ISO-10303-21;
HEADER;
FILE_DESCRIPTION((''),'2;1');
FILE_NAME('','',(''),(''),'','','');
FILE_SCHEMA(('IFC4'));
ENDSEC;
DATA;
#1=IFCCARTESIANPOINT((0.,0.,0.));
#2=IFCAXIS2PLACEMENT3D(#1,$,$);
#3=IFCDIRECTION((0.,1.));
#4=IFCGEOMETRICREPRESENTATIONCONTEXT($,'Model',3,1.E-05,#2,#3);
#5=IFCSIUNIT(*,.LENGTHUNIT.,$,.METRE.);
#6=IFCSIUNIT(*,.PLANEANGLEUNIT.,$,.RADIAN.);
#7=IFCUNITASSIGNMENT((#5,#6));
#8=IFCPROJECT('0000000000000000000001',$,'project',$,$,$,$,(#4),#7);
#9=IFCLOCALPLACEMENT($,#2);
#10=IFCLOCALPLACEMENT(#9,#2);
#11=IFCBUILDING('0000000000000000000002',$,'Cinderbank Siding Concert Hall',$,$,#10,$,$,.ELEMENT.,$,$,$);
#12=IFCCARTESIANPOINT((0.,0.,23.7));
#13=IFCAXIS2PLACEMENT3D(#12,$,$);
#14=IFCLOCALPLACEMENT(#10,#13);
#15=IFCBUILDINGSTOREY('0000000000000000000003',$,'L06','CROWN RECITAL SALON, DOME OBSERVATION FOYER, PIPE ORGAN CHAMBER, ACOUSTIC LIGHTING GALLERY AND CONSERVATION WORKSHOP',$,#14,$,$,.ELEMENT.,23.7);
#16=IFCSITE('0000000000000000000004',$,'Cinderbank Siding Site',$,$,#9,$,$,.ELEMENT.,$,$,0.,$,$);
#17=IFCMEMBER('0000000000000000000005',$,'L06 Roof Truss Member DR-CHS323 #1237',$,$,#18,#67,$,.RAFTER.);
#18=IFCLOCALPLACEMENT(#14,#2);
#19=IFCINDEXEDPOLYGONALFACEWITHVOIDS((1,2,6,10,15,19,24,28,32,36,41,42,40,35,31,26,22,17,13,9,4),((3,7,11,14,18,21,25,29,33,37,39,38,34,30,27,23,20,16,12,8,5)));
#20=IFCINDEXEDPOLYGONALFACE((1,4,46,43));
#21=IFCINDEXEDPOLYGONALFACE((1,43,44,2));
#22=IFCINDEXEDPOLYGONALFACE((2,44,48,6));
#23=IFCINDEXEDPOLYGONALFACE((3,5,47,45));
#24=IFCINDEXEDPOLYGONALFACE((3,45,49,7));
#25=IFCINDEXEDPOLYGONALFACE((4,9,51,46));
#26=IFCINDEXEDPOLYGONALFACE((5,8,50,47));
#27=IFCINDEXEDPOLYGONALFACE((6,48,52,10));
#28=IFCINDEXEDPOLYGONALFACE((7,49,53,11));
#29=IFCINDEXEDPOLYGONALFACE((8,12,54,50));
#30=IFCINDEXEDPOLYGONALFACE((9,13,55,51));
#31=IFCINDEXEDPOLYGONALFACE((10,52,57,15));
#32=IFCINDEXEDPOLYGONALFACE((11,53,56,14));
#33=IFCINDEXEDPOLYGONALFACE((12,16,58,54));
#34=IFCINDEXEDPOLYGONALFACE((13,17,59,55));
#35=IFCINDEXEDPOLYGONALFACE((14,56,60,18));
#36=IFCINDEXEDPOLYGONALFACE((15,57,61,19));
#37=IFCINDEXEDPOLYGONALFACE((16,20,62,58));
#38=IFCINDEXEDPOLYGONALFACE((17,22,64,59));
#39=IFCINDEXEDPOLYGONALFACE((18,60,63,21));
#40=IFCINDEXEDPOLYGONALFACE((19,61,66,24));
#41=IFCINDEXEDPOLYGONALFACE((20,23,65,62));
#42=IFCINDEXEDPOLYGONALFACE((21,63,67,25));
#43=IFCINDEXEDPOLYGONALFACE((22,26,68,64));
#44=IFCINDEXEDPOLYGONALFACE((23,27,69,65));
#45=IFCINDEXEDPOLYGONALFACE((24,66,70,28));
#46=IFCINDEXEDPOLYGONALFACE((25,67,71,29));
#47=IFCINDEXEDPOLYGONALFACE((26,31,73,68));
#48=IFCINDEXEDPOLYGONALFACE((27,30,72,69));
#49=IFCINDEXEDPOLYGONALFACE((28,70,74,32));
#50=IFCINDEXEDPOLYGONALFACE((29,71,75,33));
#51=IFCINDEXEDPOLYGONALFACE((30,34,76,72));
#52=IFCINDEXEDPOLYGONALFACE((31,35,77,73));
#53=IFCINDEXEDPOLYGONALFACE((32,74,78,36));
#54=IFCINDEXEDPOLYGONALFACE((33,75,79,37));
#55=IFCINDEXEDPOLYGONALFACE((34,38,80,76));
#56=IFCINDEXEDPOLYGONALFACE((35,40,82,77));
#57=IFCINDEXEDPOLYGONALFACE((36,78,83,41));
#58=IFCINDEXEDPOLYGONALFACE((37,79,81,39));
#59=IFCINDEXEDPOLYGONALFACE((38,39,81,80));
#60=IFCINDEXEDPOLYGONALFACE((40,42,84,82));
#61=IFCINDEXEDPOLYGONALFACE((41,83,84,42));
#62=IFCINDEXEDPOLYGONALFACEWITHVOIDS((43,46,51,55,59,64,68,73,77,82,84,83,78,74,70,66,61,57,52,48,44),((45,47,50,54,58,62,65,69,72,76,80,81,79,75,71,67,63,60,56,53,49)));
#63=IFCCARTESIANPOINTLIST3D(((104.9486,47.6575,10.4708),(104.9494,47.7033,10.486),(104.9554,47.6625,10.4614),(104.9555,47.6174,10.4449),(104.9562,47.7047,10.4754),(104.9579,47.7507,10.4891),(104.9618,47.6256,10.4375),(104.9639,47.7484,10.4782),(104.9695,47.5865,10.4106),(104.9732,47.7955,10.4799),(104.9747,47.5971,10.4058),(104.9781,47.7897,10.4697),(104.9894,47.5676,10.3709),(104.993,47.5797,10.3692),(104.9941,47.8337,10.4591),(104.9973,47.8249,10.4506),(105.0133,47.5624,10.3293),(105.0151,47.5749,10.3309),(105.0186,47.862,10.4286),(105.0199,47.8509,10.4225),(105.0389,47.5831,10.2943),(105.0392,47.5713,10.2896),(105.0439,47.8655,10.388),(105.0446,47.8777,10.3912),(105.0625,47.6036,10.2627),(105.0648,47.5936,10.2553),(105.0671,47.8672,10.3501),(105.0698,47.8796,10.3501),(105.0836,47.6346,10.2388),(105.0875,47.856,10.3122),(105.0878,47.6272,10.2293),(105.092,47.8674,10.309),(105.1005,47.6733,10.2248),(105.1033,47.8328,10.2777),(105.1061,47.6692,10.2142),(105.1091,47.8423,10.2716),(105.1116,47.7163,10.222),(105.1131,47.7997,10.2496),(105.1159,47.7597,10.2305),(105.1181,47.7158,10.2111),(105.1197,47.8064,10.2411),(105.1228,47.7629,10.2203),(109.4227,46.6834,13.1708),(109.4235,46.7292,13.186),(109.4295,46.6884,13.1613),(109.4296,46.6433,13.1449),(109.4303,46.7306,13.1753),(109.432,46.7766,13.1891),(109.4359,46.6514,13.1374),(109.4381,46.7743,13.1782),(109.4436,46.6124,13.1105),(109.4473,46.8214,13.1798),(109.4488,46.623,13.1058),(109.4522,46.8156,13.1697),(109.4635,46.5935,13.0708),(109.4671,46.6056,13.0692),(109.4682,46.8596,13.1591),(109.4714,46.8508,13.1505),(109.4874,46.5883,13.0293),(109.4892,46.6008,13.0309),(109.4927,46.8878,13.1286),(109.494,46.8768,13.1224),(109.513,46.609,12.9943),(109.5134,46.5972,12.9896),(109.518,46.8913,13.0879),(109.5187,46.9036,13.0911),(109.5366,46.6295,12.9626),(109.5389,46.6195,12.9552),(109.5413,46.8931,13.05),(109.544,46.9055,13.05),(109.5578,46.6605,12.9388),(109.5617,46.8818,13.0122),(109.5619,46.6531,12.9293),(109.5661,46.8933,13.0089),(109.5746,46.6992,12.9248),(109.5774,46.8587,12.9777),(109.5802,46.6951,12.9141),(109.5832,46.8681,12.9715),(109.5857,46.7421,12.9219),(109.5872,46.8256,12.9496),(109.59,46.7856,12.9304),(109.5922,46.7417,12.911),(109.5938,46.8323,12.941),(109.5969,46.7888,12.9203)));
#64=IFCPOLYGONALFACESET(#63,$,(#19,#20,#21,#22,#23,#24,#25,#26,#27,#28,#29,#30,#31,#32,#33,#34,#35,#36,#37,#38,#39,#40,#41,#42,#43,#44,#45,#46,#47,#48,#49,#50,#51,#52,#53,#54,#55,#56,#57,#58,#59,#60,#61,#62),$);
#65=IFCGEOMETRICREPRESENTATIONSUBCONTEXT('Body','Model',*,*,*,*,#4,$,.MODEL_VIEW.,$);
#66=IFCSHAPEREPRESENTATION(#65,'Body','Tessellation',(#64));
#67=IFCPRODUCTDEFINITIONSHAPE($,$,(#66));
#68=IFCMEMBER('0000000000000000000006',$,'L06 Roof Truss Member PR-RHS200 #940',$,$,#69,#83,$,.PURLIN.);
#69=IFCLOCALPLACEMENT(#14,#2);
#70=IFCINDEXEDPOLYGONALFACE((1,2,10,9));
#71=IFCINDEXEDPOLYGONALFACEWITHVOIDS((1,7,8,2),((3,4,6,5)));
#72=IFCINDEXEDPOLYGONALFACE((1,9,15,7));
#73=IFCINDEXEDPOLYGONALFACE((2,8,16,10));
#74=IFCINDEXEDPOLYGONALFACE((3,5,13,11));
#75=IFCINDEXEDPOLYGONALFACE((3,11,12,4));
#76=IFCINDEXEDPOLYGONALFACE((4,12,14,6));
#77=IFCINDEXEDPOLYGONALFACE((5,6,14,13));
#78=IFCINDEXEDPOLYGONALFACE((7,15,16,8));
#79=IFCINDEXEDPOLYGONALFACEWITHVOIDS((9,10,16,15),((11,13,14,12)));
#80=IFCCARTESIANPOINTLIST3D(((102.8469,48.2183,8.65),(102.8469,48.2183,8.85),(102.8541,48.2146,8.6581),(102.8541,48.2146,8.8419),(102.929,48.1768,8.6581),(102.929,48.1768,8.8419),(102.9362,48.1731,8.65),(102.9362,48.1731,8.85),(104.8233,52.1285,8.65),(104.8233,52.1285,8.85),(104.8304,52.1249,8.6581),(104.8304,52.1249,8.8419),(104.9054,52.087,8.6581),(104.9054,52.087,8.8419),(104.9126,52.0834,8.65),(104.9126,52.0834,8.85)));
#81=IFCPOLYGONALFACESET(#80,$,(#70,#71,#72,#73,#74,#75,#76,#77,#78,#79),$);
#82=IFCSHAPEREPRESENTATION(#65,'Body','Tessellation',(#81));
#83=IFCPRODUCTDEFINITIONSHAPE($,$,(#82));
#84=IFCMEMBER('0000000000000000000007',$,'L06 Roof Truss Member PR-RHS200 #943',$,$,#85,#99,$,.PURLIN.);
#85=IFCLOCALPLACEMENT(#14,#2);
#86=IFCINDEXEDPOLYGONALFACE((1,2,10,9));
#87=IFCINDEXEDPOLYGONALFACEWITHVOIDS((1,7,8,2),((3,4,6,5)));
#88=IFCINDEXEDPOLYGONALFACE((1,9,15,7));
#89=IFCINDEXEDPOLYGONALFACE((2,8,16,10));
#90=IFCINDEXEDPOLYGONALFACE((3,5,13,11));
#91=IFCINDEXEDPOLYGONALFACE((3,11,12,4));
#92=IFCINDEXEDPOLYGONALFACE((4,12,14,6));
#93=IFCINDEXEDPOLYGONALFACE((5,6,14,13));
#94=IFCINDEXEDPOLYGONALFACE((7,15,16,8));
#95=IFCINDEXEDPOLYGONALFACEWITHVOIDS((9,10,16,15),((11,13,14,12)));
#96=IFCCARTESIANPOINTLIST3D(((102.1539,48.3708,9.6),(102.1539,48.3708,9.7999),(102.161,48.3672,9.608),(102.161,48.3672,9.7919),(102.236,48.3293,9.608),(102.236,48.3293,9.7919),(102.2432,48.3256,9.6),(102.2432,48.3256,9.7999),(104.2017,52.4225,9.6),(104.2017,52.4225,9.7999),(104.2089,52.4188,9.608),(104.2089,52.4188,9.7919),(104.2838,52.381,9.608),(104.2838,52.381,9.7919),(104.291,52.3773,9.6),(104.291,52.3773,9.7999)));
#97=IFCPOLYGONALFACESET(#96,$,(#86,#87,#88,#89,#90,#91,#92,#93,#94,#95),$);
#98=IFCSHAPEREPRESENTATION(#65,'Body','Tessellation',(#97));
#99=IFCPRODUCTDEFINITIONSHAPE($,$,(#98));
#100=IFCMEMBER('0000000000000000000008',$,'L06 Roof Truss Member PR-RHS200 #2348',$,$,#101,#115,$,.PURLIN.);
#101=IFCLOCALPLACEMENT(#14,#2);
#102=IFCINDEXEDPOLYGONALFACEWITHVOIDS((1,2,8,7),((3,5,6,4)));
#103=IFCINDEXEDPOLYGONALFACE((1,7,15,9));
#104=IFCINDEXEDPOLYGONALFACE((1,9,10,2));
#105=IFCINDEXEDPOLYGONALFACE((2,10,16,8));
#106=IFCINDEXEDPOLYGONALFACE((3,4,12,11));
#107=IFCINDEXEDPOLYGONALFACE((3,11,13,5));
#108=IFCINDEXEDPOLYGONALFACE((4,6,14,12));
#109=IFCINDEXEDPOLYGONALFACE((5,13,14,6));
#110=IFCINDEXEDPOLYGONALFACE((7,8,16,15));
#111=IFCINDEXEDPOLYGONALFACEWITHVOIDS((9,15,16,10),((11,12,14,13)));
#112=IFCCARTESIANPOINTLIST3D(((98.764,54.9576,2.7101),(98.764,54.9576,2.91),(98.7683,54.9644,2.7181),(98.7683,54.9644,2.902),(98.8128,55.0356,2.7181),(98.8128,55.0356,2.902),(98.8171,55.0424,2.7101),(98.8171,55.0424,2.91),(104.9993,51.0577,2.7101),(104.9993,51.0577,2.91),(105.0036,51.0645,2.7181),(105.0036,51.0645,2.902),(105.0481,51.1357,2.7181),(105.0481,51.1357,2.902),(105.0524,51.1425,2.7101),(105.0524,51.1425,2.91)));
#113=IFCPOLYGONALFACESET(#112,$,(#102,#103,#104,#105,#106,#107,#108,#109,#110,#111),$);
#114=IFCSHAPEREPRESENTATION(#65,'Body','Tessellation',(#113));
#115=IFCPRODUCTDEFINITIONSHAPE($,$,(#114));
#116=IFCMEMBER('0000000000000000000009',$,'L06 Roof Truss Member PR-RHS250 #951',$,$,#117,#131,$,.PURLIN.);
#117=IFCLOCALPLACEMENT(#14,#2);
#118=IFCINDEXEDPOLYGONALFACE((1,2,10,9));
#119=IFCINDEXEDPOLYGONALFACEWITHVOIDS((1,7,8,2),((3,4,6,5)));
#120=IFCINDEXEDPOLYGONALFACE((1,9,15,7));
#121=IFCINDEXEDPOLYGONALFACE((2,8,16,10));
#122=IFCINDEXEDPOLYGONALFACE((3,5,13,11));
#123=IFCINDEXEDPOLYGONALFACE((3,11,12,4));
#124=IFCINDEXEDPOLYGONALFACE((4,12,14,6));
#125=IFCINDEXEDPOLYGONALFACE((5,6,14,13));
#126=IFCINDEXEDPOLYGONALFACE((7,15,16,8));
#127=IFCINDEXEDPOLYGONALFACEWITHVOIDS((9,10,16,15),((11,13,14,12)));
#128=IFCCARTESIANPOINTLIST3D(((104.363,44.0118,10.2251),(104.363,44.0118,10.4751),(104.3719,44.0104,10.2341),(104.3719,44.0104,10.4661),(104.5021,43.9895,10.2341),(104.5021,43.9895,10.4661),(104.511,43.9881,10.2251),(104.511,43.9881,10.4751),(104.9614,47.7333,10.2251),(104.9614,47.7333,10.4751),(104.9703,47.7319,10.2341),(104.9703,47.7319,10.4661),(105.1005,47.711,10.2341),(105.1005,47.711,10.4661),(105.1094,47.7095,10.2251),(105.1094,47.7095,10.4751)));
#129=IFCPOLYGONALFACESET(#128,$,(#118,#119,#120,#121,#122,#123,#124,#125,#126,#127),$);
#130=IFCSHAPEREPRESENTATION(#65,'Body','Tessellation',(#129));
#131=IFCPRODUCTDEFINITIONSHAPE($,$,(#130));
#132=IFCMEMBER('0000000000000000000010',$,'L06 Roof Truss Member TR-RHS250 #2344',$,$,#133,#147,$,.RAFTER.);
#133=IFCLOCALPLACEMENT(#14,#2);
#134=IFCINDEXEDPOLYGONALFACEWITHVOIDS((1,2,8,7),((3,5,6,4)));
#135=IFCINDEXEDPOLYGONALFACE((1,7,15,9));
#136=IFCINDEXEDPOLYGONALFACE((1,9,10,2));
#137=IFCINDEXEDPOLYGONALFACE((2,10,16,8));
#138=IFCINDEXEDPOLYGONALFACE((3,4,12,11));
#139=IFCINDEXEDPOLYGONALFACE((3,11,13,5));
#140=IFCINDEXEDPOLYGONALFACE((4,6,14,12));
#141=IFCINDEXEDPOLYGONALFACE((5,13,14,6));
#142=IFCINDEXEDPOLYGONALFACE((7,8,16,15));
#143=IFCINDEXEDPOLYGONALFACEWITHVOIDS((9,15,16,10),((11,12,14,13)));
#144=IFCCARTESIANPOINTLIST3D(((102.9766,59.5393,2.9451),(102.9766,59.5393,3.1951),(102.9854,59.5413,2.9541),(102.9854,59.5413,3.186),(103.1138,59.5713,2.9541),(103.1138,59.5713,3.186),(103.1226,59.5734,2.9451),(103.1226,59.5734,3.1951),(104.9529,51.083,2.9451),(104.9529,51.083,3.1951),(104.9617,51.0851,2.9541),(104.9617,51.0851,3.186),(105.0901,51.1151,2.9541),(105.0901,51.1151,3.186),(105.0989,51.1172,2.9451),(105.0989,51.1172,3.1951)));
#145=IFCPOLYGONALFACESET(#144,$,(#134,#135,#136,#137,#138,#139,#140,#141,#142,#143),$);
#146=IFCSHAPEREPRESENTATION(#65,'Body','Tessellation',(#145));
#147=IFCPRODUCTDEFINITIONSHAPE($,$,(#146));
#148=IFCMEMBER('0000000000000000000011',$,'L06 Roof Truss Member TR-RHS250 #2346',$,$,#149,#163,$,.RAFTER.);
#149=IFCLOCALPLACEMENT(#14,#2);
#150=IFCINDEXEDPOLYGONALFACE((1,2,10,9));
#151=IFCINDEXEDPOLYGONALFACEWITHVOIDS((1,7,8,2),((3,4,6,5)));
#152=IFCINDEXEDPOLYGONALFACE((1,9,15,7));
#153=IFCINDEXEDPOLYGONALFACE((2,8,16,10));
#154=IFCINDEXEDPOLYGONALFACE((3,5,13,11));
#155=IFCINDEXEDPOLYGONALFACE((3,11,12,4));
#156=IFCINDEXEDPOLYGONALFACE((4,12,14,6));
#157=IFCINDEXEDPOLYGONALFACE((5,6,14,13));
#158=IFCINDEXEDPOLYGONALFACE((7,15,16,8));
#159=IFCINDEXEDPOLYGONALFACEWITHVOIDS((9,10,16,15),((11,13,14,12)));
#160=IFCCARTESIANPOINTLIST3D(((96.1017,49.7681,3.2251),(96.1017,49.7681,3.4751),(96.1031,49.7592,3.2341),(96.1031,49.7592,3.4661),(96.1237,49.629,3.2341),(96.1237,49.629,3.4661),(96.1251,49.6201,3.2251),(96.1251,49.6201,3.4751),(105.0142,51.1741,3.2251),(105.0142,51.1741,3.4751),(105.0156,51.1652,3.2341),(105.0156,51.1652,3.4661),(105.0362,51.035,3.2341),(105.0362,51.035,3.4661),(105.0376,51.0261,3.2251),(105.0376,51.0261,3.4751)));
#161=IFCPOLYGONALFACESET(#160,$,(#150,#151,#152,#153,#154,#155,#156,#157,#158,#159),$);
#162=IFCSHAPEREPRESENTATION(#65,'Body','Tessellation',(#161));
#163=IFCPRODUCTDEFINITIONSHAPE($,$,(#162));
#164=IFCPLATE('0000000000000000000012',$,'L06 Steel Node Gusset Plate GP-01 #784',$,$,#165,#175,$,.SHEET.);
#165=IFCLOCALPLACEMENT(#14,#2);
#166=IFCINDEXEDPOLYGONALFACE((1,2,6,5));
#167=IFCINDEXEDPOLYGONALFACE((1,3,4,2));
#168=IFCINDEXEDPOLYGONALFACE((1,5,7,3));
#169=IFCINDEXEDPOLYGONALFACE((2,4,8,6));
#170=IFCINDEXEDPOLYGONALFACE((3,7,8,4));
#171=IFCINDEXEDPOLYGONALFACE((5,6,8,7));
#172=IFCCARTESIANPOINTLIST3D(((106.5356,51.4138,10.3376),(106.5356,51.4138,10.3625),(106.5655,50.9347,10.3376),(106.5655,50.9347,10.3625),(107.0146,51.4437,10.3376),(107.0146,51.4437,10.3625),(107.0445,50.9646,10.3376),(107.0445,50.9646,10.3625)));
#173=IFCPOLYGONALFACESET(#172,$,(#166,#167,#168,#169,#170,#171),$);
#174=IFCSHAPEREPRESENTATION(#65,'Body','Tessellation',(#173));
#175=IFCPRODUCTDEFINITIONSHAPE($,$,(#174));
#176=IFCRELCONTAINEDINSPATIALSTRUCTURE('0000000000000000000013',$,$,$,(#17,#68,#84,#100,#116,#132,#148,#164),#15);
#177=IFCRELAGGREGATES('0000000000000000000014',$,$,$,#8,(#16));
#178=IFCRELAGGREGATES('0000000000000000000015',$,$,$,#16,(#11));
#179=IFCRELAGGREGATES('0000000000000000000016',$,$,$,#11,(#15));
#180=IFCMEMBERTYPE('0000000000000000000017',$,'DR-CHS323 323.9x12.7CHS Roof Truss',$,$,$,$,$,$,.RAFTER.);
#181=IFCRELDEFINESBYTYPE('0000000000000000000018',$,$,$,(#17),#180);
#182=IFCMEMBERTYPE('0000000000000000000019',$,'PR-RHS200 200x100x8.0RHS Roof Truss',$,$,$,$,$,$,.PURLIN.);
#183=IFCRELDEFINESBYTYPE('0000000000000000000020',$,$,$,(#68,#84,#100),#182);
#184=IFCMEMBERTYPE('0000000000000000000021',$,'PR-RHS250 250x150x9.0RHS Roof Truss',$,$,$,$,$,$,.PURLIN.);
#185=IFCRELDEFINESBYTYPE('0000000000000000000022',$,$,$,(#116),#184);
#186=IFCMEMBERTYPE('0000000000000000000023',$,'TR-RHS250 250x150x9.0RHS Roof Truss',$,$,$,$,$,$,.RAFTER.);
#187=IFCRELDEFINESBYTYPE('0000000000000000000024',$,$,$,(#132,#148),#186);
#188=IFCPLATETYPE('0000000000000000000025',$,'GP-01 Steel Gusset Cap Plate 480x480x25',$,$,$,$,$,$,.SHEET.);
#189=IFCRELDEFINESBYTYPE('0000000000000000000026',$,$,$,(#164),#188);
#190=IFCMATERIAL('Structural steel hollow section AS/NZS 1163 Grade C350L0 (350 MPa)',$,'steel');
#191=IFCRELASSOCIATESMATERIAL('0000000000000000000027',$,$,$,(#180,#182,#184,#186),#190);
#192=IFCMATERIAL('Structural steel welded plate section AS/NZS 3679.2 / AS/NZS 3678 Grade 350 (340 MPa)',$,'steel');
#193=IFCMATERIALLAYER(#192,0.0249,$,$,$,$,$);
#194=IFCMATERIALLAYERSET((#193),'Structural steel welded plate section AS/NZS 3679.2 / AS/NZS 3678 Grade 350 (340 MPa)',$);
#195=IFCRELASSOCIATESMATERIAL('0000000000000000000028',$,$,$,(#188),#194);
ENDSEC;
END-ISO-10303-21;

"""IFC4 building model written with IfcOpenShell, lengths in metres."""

from ifc_helpers import new_model, si_unit, direction, frame, origin, origin_2d, place, context, subcontext, project, spatial, rectangle, hollow_rectangle, hollow_circle, extrude, material, layer, layer_set, material_profile, profile_set, type_object, element, save


model = new_model("IFC4")

# Units and contexts
model_context = context("Model", 3, precision=1e-05, world=origin(), true_north=direction((0.0, 1.0)))
body_context = subcontext(model_context, "Body", "Model", "MODEL_VIEW")
ifc_project = project(units=[si_unit("LENGTHUNIT", "METRE"), si_unit("PLANEANGLEUNIT", "RADIAN")], contexts=[model_context])

# Site, building, storey
site_placement = place(None, origin())
site = spatial("IfcSite", under=ifc_project, at=site_placement, Name="Cinderbank Siding Site", CompositionType="ELEMENT", RefElevation=0.0)
building_placement = place(site_placement, origin())
building = spatial("IfcBuilding", under=site, at=building_placement, Name="Cinderbank Siding Concert Hall", CompositionType="ELEMENT")
storey_placement = place(building_placement, frame((0.0, 0.0, 23.7)))
storey = spatial("IfcBuildingStorey", under=building, at=storey_placement, Name="L06", Description="CROWN RECITAL SALON, DOME OBSERVATION FOYER, PIPE ORGAN CHAMBER, ACOUSTIC LIGHTING GALLERY AND CONSERVATION WORKSHOP", CompositionType="ELEMENT", Elevation=23.7)

# Shared definitions
ifc_material_1 = material(Name="Structural steel welded plate section AS/NZS 3679.2 / AS/NZS 3678 Grade 350 (340 MPa)", Category="steel")

# Members
ifc_material_2 = material(Name="Structural steel hollow section AS/NZS 1163 Grade C350L0 (350 MPa)", Category="steel")
ifc_material_profile_1 = material_profile(ifc_material_2, hollow_circle(Radius=0.1619, WallThickness=0.0127, at=origin_2d()), Name="323.9x12.7CHS", Category="LoadBearing")
ifc_profile_set_1 = profile_set([ifc_material_profile_1], Name="Structural steel hollow section AS/NZS 1163 Grade C350L0 (350 MPa)")
member_type_1 = type_object("IfcMemberType", Name="DR-CHS323 323.9x12.7CHS Roof Truss", PredefinedType="RAFTER", material=ifc_profile_set_1)
member_1_placement = place(storey_placement, frame((105.0354, 47.7214, 10.3501), z_axis=(0.841684, -0.183254, 0.507922), x_axis=(0.21274, 0.977109, 0.0)))
element("IfcMember", 1, at=member_1_placement, inside=storey, type_object=member_type_1, Name="L06 Roof Truss Member DR-CHS323 #1237", PredefinedType="RAFTER", context=body_context, shape_type="SweptSolid", body=[
    extrude(hollow_circle(Radius=0.1619, WallThickness=0.0127, at=origin_2d()), origin(), (0.0, 0.0, 1.0), 5.3157),
])
ifc_material_profile_2 = material_profile(ifc_material_2, hollow_rectangle(XDim=0.1001, YDim=0.2, WallThickness=0.0081, at=origin_2d()), Name="200x100x8.0RHS", Category="LoadBearing")
ifc_profile_set_2 = profile_set([ifc_material_profile_2], Name="Structural steel hollow section AS/NZS 1163 Grade C350L0 (350 MPa)")
member_type_2 = type_object("IfcMemberType", Name="PR-RHS200 200x100x8.0RHS Roof Truss", PredefinedType="PURLIN", material=ifc_profile_set_2)
member_2_placement = place(storey_placement, frame((104.8679, 52.106, 8.75), z_axis=(-0.451088, -0.89248, 0.0), x_axis=(0.89248, -0.451088, 0.0)))
element("IfcMember", 2, at=member_2_placement, inside=storey, type_object=member_type_2, Name="L06 Roof Truss Member PR-RHS200 #940", PredefinedType="PURLIN", context=body_context, shape_type="SweptSolid", body=[
    extrude(hollow_rectangle(XDim=0.1001, YDim=0.2, WallThickness=0.0081, at=origin_2d()), origin(), (0.0, 0.0, 1.0), 4.3813),
])
member_3_placement = place(storey_placement, frame((104.2463, 52.3999, 9.7), z_axis=(-0.451081, -0.892483, 0.0), x_axis=(0.892483, -0.451081, 0.0)))
element("IfcMember", 3, at=member_3_placement, inside=storey, type_object=member_type_2, Name="L06 Roof Truss Member PR-RHS200 #943", PredefinedType="PURLIN", context=body_context, shape_type="SweptSolid", body=[
    extrude(hollow_rectangle(XDim=0.1001, YDim=0.2, WallThickness=0.0081, at=origin_2d()), origin(), (0.0, 0.0, 1.0), 4.5398),
])
member_4_placement = place(storey_placement, frame((105.0259, 51.1001, 2.8101), z_axis=(-0.847827, 0.530273, 0.0), x_axis=(-0.530273, -0.847827, 0.0)))
element("IfcMember", 4, at=member_4_placement, inside=storey, type_object=member_type_2, Name="L06 Roof Truss Member PR-RHS200 #2348", PredefinedType="PURLIN", context=body_context, shape_type="SweptSolid", body=[
    extrude(hollow_rectangle(XDim=0.1001, YDim=0.2, WallThickness=0.0081, at=origin_2d()), origin(), (0.0, 0.0, 1.0), 7.3545),
])
ifc_material_profile_3 = material_profile(ifc_material_2, hollow_rectangle(XDim=0.1499, YDim=0.25, WallThickness=0.009, at=origin_2d()), Name="250x150x9.0RHS", Category="LoadBearing")
ifc_profile_set_3 = profile_set([ifc_material_profile_3], Name="Structural steel hollow section AS/NZS 1163 Grade C350L0 (350 MPa)")
member_type_3 = type_object("IfcMemberType", Name="PR-RHS250 250x150x9.0RHS Roof Truss", PredefinedType="PURLIN", material=ifc_profile_set_3)
member_5_placement = place(storey_placement, frame((105.0354, 47.7214, 10.3501), z_axis=(-0.158756, -0.987318, 0.0), x_axis=(0.987318, -0.158756, 0.0)))
element("IfcMember", 5, at=member_5_placement, inside=storey, type_object=member_type_3, Name="L06 Roof Truss Member PR-RHS250 #951", PredefinedType="PURLIN", context=body_context, shape_type="SweptSolid", body=[
    extrude(hollow_rectangle(XDim=0.1499, YDim=0.25, WallThickness=0.009, at=origin_2d()), origin(), (0.0, 0.0, 1.0), 3.7693),
])
ifc_material_profile_4 = material_profile(ifc_material_2, hollow_rectangle(XDim=0.1499, YDim=0.25, WallThickness=0.009, at=origin_2d()), Name="250x150x9.0RHS", Category="LoadBearing")
ifc_profile_set_4 = profile_set([ifc_material_profile_4], Name="Structural steel hollow section AS/NZS 1163 Grade C350L0 (350 MPa)")
member_type_4 = type_object("IfcMemberType", Name="TR-RHS250 250x150x9.0RHS Roof Truss", PredefinedType="RAFTER", material=ifc_profile_set_4)
member_6_placement = place(storey_placement, frame((105.0259, 51.1001, 3.0701), z_axis=(-0.227577, 0.97376, 0.0), x_axis=(-0.97376, -0.227577, 0.0)))
element("IfcMember", 6, at=member_6_placement, inside=storey, type_object=member_type_4, Name="L06 Roof Truss Member TR-RHS250 #2344", PredefinedType="RAFTER", context=body_context, shape_type="SweptSolid", body=[
    extrude(hollow_rectangle(XDim=0.1499, YDim=0.25, WallThickness=0.009, at=origin_2d()), origin(), (0.0, 0.0, 1.0), 8.6841),
])
member_7_placement = place(storey_placement, frame((105.0259, 51.1001, 3.3501), z_axis=(-0.987784, -0.155828, 0.0), x_axis=(0.155828, -0.987784, 0.0)))
element("IfcMember", 7, at=member_7_placement, inside=storey, type_object=member_type_4, Name="L06 Roof Truss Member TR-RHS250 #2346", PredefinedType="RAFTER", context=body_context, shape_type="SweptSolid", body=[
    extrude(hollow_rectangle(XDim=0.1499, YDim=0.25, WallThickness=0.009, at=origin_2d()), origin(), (0.0, 0.0, 1.0), 9.0227),
])

# Plate
ifc_layer_1 = layer(ifc_material_1, 0.0249)
ifc_layer_set_1 = layer_set([ifc_layer_1], Name="Structural steel welded plate section AS/NZS 3679.2 / AS/NZS 3678 Grade 350 (340 MPa)")
plate_type_1 = type_object("IfcPlateType", Name="GP-01 Steel Gusset Cap Plate 480x480x25", PredefinedType="SHEET", material=ifc_layer_set_1)
plate_1_placement = place(storey_placement, frame((106.79, 51.1892, 10.3376), z_axis=(0.0, 0.0, 1.0), x_axis=(0.062268, -0.998059, 0.0)))
element("IfcPlate", 8, at=plate_1_placement, inside=storey, type_object=plate_type_1, Name="L06 Steel Node Gusset Plate GP-01 #784", PredefinedType="SHEET", context=body_context, shape_type="SweptSolid", body=[
    extrude(rectangle(XDim=0.48, YDim=0.48, at=origin_2d()), origin(), (0.0, 0.0, 1.0), 0.0249),
])

save(model, "model.ifc")
